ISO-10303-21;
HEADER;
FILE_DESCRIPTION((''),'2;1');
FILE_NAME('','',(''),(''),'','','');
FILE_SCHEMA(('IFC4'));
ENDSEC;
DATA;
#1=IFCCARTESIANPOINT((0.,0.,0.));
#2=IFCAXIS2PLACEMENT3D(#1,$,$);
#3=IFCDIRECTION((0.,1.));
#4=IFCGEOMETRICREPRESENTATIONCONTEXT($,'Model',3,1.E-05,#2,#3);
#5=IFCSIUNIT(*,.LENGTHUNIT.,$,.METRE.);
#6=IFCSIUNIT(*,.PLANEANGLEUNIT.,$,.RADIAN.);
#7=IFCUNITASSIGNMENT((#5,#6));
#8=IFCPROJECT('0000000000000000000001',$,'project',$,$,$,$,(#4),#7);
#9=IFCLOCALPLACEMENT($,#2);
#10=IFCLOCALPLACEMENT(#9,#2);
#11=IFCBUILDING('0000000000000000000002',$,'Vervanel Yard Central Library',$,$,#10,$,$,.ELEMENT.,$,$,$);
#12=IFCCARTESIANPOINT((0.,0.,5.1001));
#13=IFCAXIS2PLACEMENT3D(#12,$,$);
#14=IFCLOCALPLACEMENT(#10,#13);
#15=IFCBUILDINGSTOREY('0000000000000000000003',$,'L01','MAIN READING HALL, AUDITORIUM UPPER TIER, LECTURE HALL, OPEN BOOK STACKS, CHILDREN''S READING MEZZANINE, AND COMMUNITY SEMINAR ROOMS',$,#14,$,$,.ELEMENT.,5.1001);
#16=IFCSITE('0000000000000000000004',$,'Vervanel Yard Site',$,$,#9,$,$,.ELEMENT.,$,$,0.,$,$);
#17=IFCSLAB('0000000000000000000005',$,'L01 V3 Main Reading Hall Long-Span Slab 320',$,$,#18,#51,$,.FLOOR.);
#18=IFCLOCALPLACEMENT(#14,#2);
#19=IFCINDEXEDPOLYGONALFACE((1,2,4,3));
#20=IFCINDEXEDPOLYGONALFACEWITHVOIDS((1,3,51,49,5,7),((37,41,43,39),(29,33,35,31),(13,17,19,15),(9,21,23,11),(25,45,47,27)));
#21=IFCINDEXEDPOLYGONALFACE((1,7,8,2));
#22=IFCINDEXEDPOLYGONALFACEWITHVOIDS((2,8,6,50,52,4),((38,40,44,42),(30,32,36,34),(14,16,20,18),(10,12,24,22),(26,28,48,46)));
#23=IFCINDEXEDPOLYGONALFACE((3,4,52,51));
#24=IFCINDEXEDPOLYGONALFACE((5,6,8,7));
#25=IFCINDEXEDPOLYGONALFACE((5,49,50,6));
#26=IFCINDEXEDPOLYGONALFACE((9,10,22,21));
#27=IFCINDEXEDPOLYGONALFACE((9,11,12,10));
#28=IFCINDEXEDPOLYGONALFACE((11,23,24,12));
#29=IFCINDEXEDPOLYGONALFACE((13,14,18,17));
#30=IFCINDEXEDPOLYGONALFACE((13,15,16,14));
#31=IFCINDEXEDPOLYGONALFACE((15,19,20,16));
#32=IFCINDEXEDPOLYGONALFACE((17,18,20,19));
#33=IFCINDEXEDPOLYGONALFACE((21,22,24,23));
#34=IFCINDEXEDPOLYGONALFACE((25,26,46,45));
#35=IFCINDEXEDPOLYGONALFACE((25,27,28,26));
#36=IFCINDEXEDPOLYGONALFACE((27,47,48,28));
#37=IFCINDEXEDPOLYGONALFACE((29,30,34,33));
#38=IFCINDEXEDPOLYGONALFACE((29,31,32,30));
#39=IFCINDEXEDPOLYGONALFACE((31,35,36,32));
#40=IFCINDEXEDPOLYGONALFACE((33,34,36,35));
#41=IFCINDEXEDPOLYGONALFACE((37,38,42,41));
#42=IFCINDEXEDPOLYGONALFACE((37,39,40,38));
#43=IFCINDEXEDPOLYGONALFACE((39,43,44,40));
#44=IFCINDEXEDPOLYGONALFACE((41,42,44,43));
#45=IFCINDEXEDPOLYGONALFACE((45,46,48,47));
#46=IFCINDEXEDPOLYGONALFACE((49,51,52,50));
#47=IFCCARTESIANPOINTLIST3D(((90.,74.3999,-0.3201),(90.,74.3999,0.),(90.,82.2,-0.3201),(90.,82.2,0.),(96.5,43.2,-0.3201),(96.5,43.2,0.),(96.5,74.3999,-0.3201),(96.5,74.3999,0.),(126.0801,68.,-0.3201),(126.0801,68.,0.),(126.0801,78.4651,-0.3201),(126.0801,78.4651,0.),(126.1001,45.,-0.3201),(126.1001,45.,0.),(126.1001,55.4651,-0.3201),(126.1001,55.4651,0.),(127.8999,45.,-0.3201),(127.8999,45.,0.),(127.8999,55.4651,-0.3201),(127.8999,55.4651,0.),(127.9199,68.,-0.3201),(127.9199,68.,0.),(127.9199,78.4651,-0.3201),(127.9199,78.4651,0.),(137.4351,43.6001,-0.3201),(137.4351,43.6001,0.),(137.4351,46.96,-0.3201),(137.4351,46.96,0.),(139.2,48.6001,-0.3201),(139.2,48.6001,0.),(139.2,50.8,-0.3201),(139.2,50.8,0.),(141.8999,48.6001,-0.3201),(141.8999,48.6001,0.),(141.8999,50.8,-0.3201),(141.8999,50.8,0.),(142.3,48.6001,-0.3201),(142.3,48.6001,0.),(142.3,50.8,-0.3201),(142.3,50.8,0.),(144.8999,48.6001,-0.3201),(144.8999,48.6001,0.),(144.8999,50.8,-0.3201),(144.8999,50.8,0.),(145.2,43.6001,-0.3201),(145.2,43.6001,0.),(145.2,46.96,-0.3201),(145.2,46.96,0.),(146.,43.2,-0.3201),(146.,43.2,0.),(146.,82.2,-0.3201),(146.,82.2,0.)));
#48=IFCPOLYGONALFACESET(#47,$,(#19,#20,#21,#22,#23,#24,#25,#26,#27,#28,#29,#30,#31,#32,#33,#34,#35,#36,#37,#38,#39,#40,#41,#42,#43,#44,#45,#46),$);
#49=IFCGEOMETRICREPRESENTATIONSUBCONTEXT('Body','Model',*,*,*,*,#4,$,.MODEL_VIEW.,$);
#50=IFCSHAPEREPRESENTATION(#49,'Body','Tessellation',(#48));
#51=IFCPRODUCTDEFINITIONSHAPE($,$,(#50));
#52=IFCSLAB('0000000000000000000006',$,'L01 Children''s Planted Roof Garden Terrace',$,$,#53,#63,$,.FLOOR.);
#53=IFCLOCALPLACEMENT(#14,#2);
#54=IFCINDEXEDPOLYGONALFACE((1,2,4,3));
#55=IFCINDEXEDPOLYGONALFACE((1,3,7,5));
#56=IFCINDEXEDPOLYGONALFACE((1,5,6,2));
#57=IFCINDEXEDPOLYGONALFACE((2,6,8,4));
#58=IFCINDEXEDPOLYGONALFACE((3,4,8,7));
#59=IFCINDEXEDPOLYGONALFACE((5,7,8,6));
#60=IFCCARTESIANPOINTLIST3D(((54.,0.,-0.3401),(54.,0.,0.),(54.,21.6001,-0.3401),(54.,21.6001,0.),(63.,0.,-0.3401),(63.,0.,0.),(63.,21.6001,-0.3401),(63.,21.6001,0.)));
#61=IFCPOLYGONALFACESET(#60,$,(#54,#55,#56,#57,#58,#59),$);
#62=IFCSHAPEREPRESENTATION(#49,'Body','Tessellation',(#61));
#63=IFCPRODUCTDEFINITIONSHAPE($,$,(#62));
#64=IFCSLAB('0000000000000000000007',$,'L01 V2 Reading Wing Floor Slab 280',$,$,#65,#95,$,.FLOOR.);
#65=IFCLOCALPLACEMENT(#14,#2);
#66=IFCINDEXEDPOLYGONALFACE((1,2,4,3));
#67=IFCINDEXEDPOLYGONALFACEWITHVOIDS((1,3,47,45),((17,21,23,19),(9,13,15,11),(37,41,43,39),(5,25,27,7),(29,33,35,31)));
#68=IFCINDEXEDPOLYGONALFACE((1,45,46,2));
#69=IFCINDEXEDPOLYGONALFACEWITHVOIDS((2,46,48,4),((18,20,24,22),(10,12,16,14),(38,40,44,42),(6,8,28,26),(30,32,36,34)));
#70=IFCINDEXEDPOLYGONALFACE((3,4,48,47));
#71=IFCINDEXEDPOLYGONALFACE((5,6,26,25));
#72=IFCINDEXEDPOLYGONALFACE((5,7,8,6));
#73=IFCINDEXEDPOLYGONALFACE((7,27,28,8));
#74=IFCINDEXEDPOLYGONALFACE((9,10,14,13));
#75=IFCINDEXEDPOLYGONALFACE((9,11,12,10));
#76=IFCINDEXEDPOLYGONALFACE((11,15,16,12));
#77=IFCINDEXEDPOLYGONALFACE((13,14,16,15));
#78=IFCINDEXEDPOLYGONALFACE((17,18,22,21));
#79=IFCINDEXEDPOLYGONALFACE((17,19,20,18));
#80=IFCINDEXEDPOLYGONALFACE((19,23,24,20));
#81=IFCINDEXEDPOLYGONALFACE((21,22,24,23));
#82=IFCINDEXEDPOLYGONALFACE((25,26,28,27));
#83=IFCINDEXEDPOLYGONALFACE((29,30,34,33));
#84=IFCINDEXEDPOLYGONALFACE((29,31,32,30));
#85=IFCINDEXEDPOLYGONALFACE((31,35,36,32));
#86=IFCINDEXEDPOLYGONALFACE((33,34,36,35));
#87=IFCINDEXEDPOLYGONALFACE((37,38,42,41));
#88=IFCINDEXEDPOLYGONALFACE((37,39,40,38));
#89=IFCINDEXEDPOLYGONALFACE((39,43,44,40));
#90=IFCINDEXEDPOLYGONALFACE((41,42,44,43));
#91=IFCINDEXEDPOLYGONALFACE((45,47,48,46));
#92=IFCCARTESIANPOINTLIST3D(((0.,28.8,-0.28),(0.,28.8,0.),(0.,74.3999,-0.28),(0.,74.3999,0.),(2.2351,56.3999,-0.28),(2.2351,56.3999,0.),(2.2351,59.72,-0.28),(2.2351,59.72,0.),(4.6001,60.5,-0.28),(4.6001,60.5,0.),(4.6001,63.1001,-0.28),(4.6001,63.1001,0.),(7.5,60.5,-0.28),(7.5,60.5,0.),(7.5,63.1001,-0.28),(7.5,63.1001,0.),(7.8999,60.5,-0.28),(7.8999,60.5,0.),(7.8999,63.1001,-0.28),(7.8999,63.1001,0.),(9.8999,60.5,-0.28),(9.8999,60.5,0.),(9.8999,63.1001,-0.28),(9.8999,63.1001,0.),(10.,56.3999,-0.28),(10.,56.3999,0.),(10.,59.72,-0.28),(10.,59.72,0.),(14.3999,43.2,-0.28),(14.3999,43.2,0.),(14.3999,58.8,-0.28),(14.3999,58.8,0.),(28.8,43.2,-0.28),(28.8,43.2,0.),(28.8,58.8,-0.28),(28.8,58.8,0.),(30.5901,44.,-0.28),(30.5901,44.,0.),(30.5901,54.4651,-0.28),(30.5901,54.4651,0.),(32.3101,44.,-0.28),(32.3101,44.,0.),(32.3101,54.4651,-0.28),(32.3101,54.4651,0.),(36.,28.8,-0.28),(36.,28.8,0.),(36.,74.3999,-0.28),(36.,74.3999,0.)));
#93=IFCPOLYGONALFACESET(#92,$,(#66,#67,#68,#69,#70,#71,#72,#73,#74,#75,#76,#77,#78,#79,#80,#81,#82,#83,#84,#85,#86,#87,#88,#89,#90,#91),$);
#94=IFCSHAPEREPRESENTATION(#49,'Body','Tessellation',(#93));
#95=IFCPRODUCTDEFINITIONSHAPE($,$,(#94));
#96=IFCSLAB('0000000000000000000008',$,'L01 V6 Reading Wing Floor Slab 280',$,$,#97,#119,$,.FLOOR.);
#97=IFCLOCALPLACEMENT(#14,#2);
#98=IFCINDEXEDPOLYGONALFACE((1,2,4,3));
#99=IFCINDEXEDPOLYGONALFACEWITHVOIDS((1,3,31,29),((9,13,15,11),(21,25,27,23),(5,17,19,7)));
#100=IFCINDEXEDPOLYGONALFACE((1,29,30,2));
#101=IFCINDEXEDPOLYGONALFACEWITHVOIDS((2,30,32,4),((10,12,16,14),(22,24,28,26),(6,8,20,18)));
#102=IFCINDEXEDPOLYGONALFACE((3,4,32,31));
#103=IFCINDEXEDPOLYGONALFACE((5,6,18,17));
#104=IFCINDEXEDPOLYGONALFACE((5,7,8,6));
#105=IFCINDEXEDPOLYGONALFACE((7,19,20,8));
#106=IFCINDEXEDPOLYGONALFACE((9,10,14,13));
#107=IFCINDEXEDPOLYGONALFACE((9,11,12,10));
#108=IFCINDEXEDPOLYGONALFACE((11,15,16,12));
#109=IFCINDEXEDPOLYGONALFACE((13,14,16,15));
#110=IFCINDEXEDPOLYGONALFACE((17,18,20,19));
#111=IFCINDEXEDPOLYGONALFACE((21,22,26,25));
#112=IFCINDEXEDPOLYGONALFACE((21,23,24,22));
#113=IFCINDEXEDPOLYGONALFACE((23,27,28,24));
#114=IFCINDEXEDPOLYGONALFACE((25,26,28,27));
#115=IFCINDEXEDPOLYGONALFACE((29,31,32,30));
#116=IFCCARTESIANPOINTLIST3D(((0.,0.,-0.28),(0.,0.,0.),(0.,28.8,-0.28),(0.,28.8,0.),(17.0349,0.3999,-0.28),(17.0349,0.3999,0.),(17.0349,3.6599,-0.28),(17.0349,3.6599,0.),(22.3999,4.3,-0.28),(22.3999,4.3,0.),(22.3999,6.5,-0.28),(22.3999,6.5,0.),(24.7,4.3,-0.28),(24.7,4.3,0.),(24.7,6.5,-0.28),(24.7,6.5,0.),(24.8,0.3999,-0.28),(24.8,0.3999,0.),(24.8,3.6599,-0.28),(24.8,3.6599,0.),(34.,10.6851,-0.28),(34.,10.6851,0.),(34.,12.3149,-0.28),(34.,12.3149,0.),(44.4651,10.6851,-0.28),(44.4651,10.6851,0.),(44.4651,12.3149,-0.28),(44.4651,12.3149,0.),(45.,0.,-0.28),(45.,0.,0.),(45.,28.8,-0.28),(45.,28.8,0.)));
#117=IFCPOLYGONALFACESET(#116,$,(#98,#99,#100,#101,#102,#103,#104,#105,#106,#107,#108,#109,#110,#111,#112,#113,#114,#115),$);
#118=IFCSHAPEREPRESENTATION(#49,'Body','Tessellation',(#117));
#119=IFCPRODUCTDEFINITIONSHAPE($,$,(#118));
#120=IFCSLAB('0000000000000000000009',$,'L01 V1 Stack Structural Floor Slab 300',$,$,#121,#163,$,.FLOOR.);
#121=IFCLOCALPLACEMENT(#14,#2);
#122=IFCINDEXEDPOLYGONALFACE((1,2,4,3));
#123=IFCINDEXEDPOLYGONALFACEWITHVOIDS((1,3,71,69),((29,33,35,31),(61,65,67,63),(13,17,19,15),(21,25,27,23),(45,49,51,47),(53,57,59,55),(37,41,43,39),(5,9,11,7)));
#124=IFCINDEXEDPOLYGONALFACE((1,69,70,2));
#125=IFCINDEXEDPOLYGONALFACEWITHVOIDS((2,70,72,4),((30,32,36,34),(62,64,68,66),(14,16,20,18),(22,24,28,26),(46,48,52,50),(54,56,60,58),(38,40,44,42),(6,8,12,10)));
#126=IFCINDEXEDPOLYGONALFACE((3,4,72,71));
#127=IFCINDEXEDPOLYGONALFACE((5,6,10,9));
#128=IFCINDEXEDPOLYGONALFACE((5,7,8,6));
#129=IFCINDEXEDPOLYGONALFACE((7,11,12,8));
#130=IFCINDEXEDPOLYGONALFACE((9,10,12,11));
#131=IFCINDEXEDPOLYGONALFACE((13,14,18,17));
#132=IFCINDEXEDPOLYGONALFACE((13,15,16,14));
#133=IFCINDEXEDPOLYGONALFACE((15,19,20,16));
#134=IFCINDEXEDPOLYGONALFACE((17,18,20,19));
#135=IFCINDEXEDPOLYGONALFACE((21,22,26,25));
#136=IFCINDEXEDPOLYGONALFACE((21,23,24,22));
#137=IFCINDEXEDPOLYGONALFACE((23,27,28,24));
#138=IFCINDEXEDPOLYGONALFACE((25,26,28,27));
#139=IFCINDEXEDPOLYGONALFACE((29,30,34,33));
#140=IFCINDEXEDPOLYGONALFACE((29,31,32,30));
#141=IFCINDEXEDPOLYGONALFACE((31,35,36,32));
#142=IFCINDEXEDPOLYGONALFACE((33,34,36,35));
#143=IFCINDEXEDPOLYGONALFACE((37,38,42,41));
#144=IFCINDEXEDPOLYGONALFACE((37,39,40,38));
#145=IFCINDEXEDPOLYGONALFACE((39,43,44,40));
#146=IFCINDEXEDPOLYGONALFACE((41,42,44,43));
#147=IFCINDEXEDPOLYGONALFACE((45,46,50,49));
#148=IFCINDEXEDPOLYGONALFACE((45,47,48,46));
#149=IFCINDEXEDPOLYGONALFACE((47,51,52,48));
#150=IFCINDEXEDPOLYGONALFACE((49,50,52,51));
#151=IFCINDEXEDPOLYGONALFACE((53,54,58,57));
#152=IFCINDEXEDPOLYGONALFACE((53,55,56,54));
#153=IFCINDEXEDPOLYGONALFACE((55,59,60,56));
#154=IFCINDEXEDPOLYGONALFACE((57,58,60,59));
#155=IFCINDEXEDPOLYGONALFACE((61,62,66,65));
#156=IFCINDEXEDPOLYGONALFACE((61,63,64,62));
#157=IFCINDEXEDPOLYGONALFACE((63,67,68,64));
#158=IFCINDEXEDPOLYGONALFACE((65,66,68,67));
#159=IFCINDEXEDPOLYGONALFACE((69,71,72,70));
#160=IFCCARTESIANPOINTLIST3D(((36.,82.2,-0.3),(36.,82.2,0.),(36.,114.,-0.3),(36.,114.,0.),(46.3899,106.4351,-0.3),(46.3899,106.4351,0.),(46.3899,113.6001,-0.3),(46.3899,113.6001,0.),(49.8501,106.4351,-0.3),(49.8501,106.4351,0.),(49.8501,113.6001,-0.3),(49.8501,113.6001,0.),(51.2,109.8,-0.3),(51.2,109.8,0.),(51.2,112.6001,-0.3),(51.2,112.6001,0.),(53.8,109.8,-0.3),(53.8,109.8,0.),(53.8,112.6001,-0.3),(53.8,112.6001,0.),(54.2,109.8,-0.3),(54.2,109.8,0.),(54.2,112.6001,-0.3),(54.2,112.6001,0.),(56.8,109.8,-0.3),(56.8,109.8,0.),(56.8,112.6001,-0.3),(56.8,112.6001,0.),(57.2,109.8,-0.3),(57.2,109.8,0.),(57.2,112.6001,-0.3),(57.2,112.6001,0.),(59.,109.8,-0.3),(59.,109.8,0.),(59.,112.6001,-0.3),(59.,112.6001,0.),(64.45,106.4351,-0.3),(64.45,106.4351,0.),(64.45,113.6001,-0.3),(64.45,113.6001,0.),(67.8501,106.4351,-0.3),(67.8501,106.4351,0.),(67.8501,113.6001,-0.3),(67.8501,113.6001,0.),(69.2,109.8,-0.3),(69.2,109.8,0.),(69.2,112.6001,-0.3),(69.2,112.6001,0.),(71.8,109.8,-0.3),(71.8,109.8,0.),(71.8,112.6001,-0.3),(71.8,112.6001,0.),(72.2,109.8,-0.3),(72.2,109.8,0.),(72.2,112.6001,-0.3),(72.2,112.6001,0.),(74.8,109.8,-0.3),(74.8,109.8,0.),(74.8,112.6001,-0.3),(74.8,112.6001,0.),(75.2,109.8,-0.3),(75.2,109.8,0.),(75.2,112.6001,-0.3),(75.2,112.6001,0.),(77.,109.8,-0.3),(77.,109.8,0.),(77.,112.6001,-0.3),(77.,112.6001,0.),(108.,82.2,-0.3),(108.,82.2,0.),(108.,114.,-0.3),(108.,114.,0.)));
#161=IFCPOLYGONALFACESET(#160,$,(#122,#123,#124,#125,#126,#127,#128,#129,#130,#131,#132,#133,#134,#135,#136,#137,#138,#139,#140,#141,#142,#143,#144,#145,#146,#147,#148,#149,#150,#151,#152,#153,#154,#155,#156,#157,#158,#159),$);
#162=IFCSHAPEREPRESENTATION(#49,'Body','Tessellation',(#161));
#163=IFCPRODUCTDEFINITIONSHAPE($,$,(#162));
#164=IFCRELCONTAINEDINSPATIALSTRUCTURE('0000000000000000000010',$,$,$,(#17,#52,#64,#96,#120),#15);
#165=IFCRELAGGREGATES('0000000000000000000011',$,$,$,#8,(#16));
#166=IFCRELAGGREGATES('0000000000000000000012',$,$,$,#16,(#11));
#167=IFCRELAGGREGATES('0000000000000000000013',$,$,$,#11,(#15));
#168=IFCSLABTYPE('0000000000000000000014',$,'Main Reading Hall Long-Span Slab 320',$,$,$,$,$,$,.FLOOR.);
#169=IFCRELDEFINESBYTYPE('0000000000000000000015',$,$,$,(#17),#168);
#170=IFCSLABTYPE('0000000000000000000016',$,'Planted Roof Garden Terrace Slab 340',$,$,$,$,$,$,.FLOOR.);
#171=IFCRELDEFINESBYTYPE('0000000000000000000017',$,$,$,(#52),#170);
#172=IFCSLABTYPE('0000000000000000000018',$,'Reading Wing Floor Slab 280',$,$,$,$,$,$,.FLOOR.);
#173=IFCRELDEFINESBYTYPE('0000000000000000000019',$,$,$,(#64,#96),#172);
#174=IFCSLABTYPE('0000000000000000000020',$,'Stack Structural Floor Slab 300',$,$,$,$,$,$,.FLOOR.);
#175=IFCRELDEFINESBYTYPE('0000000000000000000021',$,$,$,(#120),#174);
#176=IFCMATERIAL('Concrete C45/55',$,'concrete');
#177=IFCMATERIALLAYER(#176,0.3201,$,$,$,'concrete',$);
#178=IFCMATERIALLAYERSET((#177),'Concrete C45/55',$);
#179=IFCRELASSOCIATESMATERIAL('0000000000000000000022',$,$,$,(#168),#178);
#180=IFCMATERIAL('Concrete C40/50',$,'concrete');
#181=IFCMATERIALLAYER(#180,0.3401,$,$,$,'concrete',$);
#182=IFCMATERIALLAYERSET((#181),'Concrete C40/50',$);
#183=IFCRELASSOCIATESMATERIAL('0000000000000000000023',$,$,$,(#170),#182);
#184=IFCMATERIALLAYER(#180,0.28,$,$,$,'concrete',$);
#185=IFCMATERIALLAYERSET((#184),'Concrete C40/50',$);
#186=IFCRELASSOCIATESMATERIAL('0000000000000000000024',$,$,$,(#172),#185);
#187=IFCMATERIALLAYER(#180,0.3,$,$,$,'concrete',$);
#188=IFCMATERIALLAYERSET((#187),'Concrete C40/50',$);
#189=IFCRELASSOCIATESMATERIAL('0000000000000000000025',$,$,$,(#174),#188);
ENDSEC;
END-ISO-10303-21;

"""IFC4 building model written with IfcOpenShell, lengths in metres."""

from ifc_helpers import new_model, si_unit, direction, frame, origin, place, context, subcontext, project, spatial, polyline, outline, extrude, material, layer, layer_set, type_object, element, save


model = new_model("IFC4")

# Units and contexts
model_context = context("Model", 3, precision=1e-05, world=origin(), true_north=direction((0.0, 1.0)))
body_context = subcontext(model_context, "Body", "Model", "MODEL_VIEW")
ifc_project = project(units=[si_unit("LENGTHUNIT", "METRE"), si_unit("PLANEANGLEUNIT", "RADIAN")], contexts=[model_context])

# Site, building, storey
site_placement = place(None, origin())
site = spatial("IfcSite", under=ifc_project, at=site_placement, Name="Vervanel Yard Site", CompositionType="ELEMENT", RefElevation=0.0)
building_placement = place(site_placement, origin())
building = spatial("IfcBuilding", under=site, at=building_placement, Name="Vervanel Yard Central Library", CompositionType="ELEMENT")
storey_placement = place(building_placement, frame((0.0, 0.0, 5.1001)))
storey = spatial("IfcBuildingStorey", under=building, at=storey_placement, Name="L01", Description="MAIN READING HALL, AUDITORIUM UPPER TIER, LECTURE HALL, OPEN BOOK STACKS, CHILDREN'S READING MEZZANINE, AND COMMUNITY SEMINAR ROOMS", CompositionType="ELEMENT", Elevation=5.1001)

# Shared definitions
ifc_material_1 = material(Name="Concrete C40/50", Category="concrete")

# Shared definitions
ifc_material_2 = material(Name="Concrete C45/55", Category="concrete")

# Slabs
ifc_layer_1 = layer(ifc_material_2, 0.3201, Category="concrete")
ifc_layer_set_1 = layer_set([ifc_layer_1], Name="Concrete C45/55")
slab_type_1 = type_object("IfcSlabType", Name="Main Reading Hall Long-Span Slab 320", PredefinedType="FLOOR", material=ifc_layer_set_1)
slab_1_placement = place(storey_placement, frame((0.0, 0.0, -0.3201)))
element("IfcSlab", 1, at=slab_1_placement, inside=storey, type_object=slab_type_1, Name="L01 V3 Main Reading Hall Long-Span Slab 320", PredefinedType="FLOOR", context=body_context, shape_type="SweptSolid", body=[
    extrude(outline(polyline([(96.5, 43.2), (146.0, 43.2), (146.0, 82.2), (90.0, 82.2), (90.0, 74.3999), (96.5, 74.3999), (96.5, 43.2)]), holes=[polyline([(137.4351, 43.6001), (145.2, 43.6001), (145.2, 46.96), (137.4351, 46.96), (137.4351, 43.6001)]), polyline([(139.2, 48.6001), (141.8999, 48.6001), (141.8999, 50.8), (139.2, 50.8), (139.2, 48.6001)]), polyline([(142.3, 48.6001), (144.8999, 48.6001), (144.8999, 50.8), (142.3, 50.8), (142.3, 48.6001)]), polyline([(126.1001, 45.0), (127.8999, 45.0), (127.8999, 55.4651), (126.1001, 55.4651), (126.1001, 45.0)]), polyline([(126.0801, 68.0), (127.9199, 68.0), (127.9199, 78.4651), (126.0801, 78.4651), (126.0801, 68.0)])]), origin(), (0.0, 0.0, 1.0), 0.3201),
])
ifc_layer_2 = layer(ifc_material_1, 0.3401, Category="concrete")
ifc_layer_set_2 = layer_set([ifc_layer_2], Name="Concrete C40/50")
slab_type_2 = type_object("IfcSlabType", Name="Planted Roof Garden Terrace Slab 340", PredefinedType="FLOOR", material=ifc_layer_set_2)
slab_2_placement = place(storey_placement, frame((0.0, 0.0, -0.3401)))
element("IfcSlab", 2, at=slab_2_placement, inside=storey, type_object=slab_type_2, Name="L01 Children's Planted Roof Garden Terrace", PredefinedType="FLOOR", context=body_context, shape_type="SweptSolid", body=[
    extrude(outline(polyline([(54.0, 0.0), (63.0, 0.0), (63.0, 21.6001), (54.0, 21.6001), (54.0, 0.0)])), origin(), (0.0, 0.0, 1.0), 0.3401),
])
ifc_layer_3 = layer(ifc_material_1, 0.28, Category="concrete")
ifc_layer_set_3 = layer_set([ifc_layer_3], Name="Concrete C40/50")
slab_type_3 = type_object("IfcSlabType", Name="Reading Wing Floor Slab 280", PredefinedType="FLOOR", material=ifc_layer_set_3)
slab_3_placement = place(storey_placement, frame((0.0, 0.0, -0.28)))
element("IfcSlab", 3, at=slab_3_placement, inside=storey, type_object=slab_type_3, Name="L01 V2 Reading Wing Floor Slab 280", PredefinedType="FLOOR", context=body_context, shape_type="SweptSolid", body=[
    extrude(outline(polyline([(0.0, 28.8), (36.0, 28.8), (36.0, 74.3999), (0.0, 74.3999), (0.0, 28.8)]), holes=[polyline([(14.3999, 43.2), (28.8, 43.2), (28.8, 58.8), (14.3999, 58.8), (14.3999, 43.2)]), polyline([(2.2351, 56.3999), (10.0, 56.3999), (10.0, 59.72), (2.2351, 59.72), (2.2351, 56.3999)]), polyline([(4.6001, 60.5), (7.5, 60.5), (7.5, 63.1001), (4.6001, 63.1001), (4.6001, 60.5)]), polyline([(7.8999, 60.5), (9.8999, 60.5), (9.8999, 63.1001), (7.8999, 63.1001), (7.8999, 60.5)]), polyline([(30.5901, 44.0), (32.3101, 44.0), (32.3101, 54.4651), (30.5901, 54.4651), (30.5901, 44.0)])]), origin(), (0.0, 0.0, 1.0), 0.28),
])
slab_4_placement = place(storey_placement, frame((0.0, 0.0, -0.28)))
element("IfcSlab", 4, at=slab_4_placement, inside=storey, type_object=slab_type_3, Name="L01 V6 Reading Wing Floor Slab 280", PredefinedType="FLOOR", context=body_context, shape_type="SweptSolid", body=[
    extrude(outline(polyline([(0.0, 0.0), (45.0, 0.0), (45.0, 28.8), (0.0, 28.8), (0.0, 0.0)]), holes=[polyline([(17.0349, 0.3999), (24.8, 0.3999), (24.8, 3.6599), (17.0349, 3.6599), (17.0349, 0.3999)]), polyline([(22.3999, 4.3), (24.7, 4.3), (24.7, 6.5), (22.3999, 6.5), (22.3999, 4.3)]), polyline([(34.0, 10.6851), (44.4651, 10.6851), (44.4651, 12.3149), (34.0, 12.3149), (34.0, 10.6851)])]), origin(), (0.0, 0.0, 1.0), 0.28),
])
ifc_layer_4 = layer(ifc_material_1, 0.3, Category="concrete")
ifc_layer_set_4 = layer_set([ifc_layer_4], Name="Concrete C40/50")
slab_type_4 = type_object("IfcSlabType", Name="Stack Structural Floor Slab 300", PredefinedType="FLOOR", material=ifc_layer_set_4)
slab_5_placement = place(storey_placement, frame((0.0, 0.0, -0.3)))
element("IfcSlab", 5, at=slab_5_placement, inside=storey, type_object=slab_type_4, Name="L01 V1 Stack Structural Floor Slab 300", PredefinedType="FLOOR", context=body_context, shape_type="SweptSolid", body=[
    extrude(outline(polyline([(36.0, 82.2), (108.0, 82.2), (108.0, 114.0), (36.0, 114.0), (36.0, 82.2)]), holes=[polyline([(46.3899, 106.4351), (49.8501, 106.4351), (49.8501, 113.6001), (46.3899, 113.6001), (46.3899, 106.4351)]), polyline([(51.2, 109.8), (53.8, 109.8), (53.8, 112.6001), (51.2, 112.6001), (51.2, 109.8)]), polyline([(54.2, 109.8), (56.8, 109.8), (56.8, 112.6001), (54.2, 112.6001), (54.2, 109.8)]), polyline([(57.2, 109.8), (59.0, 109.8), (59.0, 112.6001), (57.2, 112.6001), (57.2, 109.8)]), polyline([(64.45, 106.4351), (67.8501, 106.4351), (67.8501, 113.6001), (64.45, 113.6001), (64.45, 106.4351)]), polyline([(69.2, 109.8), (71.8, 109.8), (71.8, 112.6001), (69.2, 112.6001), (69.2, 109.8)]), polyline([(72.2, 109.8), (74.8, 109.8), (74.8, 112.6001), (72.2, 112.6001), (72.2, 109.8)]), polyline([(75.2, 109.8), (77.0, 109.8), (77.0, 112.6001), (75.2, 112.6001), (75.2, 109.8)])]), origin(), (0.0, 0.0, 1.0), 0.3),
])

save(model, "model.ifc")
